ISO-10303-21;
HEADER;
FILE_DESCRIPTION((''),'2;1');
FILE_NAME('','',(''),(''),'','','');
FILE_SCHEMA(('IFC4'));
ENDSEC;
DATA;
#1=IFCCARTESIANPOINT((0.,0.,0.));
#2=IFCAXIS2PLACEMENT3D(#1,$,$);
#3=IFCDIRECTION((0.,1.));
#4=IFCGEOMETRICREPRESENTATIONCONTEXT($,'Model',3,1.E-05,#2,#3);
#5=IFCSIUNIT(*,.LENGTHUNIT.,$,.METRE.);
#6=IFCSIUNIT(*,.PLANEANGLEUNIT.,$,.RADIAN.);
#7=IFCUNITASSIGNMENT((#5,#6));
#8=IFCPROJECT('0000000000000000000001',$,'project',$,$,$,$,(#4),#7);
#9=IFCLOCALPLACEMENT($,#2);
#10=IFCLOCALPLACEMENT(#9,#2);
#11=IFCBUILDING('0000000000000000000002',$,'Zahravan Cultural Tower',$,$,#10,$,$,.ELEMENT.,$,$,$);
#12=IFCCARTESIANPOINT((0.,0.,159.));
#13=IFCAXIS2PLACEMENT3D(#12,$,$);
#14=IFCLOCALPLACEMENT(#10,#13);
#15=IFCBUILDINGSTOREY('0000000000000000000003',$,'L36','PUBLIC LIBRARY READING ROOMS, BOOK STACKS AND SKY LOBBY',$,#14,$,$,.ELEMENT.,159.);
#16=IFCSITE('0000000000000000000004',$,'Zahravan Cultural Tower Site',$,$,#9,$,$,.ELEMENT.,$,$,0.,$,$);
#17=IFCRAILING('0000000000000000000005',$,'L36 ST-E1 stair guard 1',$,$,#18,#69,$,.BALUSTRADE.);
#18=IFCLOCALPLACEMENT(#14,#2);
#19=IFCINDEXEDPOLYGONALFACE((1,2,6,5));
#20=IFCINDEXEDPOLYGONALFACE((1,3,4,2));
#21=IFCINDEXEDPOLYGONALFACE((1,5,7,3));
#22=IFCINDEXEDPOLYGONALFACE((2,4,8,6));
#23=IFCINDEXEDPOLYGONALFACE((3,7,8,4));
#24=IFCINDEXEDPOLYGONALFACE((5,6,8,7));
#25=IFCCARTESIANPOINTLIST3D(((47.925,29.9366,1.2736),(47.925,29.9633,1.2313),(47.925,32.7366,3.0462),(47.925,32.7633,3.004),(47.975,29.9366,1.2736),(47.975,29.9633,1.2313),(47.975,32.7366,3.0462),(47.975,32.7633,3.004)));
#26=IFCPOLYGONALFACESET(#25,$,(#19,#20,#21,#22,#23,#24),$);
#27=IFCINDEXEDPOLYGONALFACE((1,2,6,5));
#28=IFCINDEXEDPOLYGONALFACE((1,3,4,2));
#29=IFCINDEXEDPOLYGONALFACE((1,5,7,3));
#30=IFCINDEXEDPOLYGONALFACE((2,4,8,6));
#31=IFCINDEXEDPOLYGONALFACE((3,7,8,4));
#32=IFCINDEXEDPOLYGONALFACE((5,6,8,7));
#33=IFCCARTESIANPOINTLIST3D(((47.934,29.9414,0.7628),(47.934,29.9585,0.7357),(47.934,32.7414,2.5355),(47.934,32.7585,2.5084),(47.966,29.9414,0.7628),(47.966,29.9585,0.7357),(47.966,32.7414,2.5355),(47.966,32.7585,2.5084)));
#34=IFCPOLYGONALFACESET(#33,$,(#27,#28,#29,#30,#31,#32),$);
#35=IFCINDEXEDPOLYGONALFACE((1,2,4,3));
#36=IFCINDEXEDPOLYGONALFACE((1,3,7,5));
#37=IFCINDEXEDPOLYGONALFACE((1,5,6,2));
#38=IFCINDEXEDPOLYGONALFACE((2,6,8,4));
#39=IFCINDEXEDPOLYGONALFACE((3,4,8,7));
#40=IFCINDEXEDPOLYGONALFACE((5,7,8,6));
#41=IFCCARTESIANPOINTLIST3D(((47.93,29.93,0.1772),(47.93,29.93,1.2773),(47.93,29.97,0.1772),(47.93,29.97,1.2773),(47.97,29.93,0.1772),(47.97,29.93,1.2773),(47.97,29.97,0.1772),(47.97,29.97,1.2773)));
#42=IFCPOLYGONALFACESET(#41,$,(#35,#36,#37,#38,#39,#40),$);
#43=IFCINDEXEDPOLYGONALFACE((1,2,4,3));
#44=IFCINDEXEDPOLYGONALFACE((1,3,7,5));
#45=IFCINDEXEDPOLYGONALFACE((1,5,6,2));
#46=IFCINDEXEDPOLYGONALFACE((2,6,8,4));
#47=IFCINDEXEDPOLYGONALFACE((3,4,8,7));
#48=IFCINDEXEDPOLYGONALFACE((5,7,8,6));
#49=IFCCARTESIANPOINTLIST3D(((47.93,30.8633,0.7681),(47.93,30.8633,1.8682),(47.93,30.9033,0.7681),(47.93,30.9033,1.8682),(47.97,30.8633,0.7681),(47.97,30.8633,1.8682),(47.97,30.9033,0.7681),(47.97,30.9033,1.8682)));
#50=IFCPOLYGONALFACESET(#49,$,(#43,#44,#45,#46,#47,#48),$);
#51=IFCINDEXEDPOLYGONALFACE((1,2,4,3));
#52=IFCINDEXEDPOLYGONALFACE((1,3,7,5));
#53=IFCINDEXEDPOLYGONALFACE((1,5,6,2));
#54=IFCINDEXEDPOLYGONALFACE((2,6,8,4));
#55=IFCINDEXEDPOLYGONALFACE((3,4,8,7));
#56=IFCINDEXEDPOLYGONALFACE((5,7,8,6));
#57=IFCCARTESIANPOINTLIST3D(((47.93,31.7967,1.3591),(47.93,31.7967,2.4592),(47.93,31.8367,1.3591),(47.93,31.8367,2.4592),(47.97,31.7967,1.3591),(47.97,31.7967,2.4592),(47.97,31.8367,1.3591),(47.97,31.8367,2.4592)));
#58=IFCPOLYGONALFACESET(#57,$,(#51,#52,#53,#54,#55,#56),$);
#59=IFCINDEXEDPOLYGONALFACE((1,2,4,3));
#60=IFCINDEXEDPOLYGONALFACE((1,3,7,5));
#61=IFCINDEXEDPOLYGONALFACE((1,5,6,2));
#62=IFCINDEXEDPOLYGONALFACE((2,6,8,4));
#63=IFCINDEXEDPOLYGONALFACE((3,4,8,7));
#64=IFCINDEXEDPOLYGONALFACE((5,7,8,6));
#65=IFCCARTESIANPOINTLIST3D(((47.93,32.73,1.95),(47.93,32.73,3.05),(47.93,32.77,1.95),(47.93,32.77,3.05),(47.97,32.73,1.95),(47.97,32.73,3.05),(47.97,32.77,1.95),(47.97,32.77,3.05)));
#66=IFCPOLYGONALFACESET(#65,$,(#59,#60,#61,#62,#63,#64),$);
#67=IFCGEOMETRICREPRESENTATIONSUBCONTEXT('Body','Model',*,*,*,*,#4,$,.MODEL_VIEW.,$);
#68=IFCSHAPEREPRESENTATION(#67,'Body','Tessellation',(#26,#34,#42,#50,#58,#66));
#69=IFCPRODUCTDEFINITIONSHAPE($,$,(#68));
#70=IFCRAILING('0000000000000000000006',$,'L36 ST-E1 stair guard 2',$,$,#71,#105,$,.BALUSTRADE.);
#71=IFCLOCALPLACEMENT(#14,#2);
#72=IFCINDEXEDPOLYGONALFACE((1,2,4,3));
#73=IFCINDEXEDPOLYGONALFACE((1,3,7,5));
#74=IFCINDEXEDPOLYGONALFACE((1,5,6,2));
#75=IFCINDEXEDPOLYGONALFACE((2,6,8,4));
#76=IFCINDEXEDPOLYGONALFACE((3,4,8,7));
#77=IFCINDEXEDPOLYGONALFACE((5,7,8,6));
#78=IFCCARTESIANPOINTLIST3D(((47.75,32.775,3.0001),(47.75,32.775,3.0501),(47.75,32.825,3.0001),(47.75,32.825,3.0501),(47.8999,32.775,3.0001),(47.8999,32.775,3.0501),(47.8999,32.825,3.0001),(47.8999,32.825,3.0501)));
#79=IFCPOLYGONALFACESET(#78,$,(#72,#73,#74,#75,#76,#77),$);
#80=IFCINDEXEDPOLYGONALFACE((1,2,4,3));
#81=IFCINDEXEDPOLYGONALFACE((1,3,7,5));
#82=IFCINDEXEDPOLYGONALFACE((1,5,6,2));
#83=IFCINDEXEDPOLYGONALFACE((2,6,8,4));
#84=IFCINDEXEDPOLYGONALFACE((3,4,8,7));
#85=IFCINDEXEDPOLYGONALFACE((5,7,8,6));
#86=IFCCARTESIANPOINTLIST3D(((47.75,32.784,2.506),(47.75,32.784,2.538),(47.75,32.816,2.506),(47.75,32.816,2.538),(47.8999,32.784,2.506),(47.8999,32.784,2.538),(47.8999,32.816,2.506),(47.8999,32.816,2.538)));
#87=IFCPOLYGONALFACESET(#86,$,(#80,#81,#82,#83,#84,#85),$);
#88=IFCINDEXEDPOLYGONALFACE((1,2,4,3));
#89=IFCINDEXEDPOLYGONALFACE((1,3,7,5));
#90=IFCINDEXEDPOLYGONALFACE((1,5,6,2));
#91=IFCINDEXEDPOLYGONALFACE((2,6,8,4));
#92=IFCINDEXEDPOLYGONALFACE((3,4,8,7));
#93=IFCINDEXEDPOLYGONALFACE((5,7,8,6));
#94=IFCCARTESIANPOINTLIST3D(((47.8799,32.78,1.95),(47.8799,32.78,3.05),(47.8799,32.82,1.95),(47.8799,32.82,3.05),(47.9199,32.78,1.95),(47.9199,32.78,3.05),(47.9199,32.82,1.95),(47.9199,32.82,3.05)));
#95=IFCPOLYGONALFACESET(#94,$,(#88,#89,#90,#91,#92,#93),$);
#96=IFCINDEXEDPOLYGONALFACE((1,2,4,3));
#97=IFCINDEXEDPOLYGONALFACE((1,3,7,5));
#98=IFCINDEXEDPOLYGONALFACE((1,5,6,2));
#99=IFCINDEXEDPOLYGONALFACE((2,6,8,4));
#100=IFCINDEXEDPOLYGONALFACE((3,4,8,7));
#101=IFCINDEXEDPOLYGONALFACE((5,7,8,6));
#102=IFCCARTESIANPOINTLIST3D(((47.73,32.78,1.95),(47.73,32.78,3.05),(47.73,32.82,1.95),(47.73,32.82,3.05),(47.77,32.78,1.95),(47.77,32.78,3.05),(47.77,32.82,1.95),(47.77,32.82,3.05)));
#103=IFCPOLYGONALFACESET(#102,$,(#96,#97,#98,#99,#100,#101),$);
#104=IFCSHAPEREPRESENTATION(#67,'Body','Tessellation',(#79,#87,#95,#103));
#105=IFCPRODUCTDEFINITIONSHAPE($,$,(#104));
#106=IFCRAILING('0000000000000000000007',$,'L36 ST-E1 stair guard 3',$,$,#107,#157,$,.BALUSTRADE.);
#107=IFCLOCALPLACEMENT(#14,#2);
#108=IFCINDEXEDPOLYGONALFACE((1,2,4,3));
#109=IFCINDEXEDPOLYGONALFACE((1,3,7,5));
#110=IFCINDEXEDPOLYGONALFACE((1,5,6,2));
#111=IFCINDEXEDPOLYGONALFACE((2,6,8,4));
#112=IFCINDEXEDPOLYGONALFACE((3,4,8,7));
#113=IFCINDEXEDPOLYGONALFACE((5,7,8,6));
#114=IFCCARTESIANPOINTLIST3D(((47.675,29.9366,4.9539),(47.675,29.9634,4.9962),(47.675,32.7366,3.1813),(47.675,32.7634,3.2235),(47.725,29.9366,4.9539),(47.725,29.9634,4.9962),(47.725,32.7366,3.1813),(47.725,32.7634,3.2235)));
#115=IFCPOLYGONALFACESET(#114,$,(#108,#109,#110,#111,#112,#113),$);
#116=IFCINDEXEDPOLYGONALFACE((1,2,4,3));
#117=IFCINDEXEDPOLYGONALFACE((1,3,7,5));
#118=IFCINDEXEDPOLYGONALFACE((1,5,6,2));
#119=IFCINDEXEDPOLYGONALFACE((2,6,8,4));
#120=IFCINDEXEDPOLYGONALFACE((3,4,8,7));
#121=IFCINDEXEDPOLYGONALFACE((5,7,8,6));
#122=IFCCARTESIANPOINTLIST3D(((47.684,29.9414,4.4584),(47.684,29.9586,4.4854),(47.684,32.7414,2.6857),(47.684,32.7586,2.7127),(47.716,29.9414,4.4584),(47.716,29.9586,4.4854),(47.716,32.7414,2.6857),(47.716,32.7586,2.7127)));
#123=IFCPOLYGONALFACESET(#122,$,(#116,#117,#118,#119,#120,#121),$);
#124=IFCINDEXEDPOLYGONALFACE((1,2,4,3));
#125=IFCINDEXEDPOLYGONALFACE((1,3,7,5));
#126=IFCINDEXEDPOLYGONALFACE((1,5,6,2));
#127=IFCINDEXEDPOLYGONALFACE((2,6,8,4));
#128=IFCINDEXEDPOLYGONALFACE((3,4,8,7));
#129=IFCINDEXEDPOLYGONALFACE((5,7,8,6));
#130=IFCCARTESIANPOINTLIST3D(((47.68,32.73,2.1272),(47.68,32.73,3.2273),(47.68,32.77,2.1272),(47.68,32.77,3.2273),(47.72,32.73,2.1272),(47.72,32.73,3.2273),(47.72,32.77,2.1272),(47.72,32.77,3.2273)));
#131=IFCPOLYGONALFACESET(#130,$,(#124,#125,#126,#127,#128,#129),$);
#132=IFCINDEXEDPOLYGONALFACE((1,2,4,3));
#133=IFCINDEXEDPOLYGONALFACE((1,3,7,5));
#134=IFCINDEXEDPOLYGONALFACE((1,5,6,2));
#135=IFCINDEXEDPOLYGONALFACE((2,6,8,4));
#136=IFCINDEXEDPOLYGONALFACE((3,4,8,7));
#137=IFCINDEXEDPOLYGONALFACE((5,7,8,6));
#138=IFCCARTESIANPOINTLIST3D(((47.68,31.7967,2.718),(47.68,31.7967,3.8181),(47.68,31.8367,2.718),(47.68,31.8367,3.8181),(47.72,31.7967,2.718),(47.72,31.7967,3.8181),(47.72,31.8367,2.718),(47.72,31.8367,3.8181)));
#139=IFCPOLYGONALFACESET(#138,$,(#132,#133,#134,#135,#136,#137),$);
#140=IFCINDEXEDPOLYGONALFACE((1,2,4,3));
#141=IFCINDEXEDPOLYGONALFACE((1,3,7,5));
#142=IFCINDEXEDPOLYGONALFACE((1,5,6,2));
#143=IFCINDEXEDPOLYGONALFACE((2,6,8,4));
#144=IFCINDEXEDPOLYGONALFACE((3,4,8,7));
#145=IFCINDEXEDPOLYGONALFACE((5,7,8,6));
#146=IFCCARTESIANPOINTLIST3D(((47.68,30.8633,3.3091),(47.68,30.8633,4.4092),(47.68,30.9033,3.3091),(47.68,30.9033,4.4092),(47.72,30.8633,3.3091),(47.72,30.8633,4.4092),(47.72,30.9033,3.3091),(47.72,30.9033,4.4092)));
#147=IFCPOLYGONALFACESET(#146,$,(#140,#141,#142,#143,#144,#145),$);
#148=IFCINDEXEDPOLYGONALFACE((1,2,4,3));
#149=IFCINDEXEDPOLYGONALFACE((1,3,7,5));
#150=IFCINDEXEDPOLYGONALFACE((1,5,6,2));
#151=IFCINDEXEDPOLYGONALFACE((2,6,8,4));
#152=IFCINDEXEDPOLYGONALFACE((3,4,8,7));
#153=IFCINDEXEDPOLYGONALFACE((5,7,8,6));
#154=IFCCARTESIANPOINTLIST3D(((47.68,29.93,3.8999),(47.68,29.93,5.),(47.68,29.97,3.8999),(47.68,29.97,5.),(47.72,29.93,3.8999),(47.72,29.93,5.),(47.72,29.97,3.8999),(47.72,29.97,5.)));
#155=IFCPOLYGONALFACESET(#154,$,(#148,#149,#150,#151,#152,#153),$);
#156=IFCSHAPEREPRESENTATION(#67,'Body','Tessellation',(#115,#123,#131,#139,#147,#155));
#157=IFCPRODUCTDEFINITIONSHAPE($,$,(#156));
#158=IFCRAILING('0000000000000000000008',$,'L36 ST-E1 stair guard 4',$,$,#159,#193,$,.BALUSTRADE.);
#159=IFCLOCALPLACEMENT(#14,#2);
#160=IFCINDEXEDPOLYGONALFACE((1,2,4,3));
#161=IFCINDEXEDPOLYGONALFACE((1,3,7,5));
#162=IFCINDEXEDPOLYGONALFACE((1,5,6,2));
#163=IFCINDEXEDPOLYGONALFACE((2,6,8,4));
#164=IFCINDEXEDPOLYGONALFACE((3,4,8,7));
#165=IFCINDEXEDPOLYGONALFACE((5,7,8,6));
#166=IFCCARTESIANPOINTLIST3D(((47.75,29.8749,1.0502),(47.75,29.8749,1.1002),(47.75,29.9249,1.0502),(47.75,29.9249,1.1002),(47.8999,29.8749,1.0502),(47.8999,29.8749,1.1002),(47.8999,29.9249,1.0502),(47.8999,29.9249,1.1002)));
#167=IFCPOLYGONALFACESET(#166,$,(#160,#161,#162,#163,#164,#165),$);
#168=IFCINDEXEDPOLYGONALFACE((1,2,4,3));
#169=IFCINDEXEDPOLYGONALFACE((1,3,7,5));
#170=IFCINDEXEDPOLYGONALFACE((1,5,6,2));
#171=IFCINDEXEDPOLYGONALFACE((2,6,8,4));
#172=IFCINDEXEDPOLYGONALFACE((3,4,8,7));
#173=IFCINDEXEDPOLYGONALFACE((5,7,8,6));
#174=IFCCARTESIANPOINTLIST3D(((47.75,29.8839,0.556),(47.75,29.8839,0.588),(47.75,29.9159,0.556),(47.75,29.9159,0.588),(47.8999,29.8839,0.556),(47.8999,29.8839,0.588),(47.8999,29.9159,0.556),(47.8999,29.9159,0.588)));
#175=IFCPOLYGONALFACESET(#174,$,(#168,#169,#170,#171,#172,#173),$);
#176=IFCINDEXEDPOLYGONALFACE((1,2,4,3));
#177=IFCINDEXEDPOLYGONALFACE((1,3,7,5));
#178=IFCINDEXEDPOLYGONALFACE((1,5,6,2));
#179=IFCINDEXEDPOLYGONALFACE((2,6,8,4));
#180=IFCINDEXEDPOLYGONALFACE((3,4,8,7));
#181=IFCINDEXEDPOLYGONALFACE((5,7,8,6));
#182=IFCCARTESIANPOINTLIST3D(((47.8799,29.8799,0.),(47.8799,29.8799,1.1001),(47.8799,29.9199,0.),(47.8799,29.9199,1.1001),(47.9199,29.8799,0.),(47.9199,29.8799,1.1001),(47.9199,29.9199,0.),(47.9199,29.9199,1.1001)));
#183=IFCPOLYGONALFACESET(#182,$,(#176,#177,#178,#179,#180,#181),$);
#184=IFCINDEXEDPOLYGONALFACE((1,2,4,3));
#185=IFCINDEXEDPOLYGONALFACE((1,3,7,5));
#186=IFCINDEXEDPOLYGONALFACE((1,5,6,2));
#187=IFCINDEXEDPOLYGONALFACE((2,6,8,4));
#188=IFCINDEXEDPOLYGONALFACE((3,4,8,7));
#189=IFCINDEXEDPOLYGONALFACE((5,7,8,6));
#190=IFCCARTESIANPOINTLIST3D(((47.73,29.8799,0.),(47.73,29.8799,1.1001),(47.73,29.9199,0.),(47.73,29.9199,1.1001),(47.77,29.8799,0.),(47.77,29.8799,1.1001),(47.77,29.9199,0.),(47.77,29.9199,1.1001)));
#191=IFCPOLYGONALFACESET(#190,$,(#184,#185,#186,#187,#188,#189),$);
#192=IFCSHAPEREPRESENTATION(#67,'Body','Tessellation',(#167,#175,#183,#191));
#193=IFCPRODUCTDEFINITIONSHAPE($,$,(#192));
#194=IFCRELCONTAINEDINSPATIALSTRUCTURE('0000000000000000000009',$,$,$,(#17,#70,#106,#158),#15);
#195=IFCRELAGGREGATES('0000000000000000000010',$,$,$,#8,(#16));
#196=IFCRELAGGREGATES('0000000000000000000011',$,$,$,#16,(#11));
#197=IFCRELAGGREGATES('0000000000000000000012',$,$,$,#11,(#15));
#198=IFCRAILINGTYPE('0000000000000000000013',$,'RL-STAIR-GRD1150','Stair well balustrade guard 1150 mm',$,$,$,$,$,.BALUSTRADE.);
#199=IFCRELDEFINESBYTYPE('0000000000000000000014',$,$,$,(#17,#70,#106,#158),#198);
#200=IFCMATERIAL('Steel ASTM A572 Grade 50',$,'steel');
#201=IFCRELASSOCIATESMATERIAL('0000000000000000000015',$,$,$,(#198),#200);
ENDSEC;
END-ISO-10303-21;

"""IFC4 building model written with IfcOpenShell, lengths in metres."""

from ifc_helpers import new_model, si_unit, direction, frame, origin, origin_2d, place, context, subcontext, project, spatial, rectangle, extrude, material, type_object, element, save


model = new_model("IFC4")

# Units and contexts
model_context = context("Model", 3, precision=1e-05, world=origin(), true_north=direction((0.0, 1.0)))
body_context = subcontext(model_context, "Body", "Model", "MODEL_VIEW")
ifc_project = project(units=[si_unit("LENGTHUNIT", "METRE"), si_unit("PLANEANGLEUNIT", "RADIAN")], contexts=[model_context])

# Site, building, storey
site_placement = place(None, origin())
site = spatial("IfcSite", under=ifc_project, at=site_placement, Name="Zahravan Cultural Tower Site", CompositionType="ELEMENT", RefElevation=0.0)
building_placement = place(site_placement, origin())
building = spatial("IfcBuilding", under=site, at=building_placement, Name="Zahravan Cultural Tower", CompositionType="ELEMENT")
storey_placement = place(building_placement, frame((0.0, 0.0, 159.0)))
storey = spatial("IfcBuildingStorey", under=building, at=storey_placement, Name="L36", Description="PUBLIC LIBRARY READING ROOMS, BOOK STACKS AND SKY LOBBY", CompositionType="ELEMENT", Elevation=159.0)

# Shared definitions
ifc_material_1 = material(Name="Steel ASTM A572 Grade 50", Category="steel")

# Railings
railing_type_1 = type_object("IfcRailingType", Name="RL-STAIR-GRD1150", Description="Stair well balustrade guard 1150 mm", PredefinedType="BALUSTRADE", material=ifc_material_1)
railing_1_placement = place(storey_placement, frame((47.95, 29.95, 0.1772)))
element("IfcRailing", 1, at=railing_1_placement, inside=storey, type_object=railing_type_1, Name="L36 ST-E1 stair guard 1", PredefinedType="BALUSTRADE", context=body_context, shape_type="SweptSolid", body=[
    extrude(rectangle(XDim=0.05, YDim=0.05, at=origin_2d()), frame((0.0, 0.0, 1.0752), z_axis=(0.0, 0.844909, 0.53491), x_axis=(-1.0, 0.0, 0.0)), (0.0, 0.0, 1.0), 3.314),
    extrude(rectangle(XDim=0.032, YDim=0.032, at=origin_2d()), frame((0.0, 0.0, 0.572), z_axis=(0.0, 0.844909, 0.53491), x_axis=(-1.0, 0.0, 0.0)), (0.0, 0.0, 1.0), 3.314),
    extrude(rectangle(XDim=0.04, YDim=0.04, at=origin_2d()), origin(), (0.0, 0.0, 1.0), 1.1001),
    extrude(rectangle(XDim=0.04, YDim=0.04, at=origin_2d()), frame((0.0, 0.9333, 0.5908)), (0.0, 0.0, 1.0), 1.1001),
    extrude(rectangle(XDim=0.04, YDim=0.04, at=origin_2d()), frame((0.0, 1.8667, 1.1819)), (0.0, 0.0, 1.0), 1.1001),
    extrude(rectangle(XDim=0.04, YDim=0.04, at=origin_2d()), frame((0.0, 2.8, 1.7727)), (0.0, 0.0, 1.0), 1.1001),
])
railing_2_placement = place(storey_placement, frame((47.8999, 32.8, 1.95)))
element("IfcRailing", 2, at=railing_2_placement, inside=storey, type_object=railing_type_1, Name="L36 ST-E1 stair guard 2", PredefinedType="BALUSTRADE", context=body_context, shape_type="SweptSolid", body=[
    extrude(rectangle(XDim=0.05, YDim=0.05, at=origin_2d()), frame((0.0, 0.0, 1.0752), z_axis=(-1.0, 0.0, 0.0), x_axis=(0.0, -1.0, 0.0)), (0.0, 0.0, 1.0), 0.1499),
    extrude(rectangle(XDim=0.032, YDim=0.032, at=origin_2d()), frame((0.0, 0.0, 0.572), z_axis=(-1.0, 0.0, 0.0), x_axis=(0.0, -1.0, 0.0)), (0.0, 0.0, 1.0), 0.1499),
    extrude(rectangle(XDim=0.04, YDim=0.04, at=origin_2d()), origin(), (0.0, 0.0, 1.0), 1.1001),
    extrude(rectangle(XDim=0.04, YDim=0.04, at=origin_2d()), frame((-0.1499, 0.0, 0.0)), (0.0, 0.0, 1.0), 1.1001),
])
railing_3_placement = place(storey_placement, frame((47.7, 32.75, 2.1272)))
element("IfcRailing", 3, at=railing_3_placement, inside=storey, type_object=railing_type_1, Name="L36 ST-E1 stair guard 3", PredefinedType="BALUSTRADE", context=body_context, shape_type="SweptSolid", body=[
    extrude(rectangle(XDim=0.05, YDim=0.05, at=origin_2d()), frame((0.0, 0.0, 1.0752), z_axis=(0.0, -0.844909, 0.53491), x_axis=(1.0, 0.0, 0.0)), (0.0, 0.0, 1.0), 3.314),
    extrude(rectangle(XDim=0.032, YDim=0.032, at=origin_2d()), frame((0.0, 0.0, 0.572), z_axis=(0.0, -0.844909, 0.53491), x_axis=(1.0, 0.0, 0.0)), (0.0, 0.0, 1.0), 3.314),
    extrude(rectangle(XDim=0.04, YDim=0.04, at=origin_2d()), origin(), (0.0, 0.0, 1.0), 1.1001),
    extrude(rectangle(XDim=0.04, YDim=0.04, at=origin_2d()), frame((0.0, -0.9333, 0.5908)), (0.0, 0.0, 1.0), 1.1001),
    extrude(rectangle(XDim=0.04, YDim=0.04, at=origin_2d()), frame((0.0, -1.8667, 1.1819)), (0.0, 0.0, 1.0), 1.1001),
    extrude(rectangle(XDim=0.04, YDim=0.04, at=origin_2d()), frame((0.0, -2.8, 1.7727)), (0.0, 0.0, 1.0), 1.1001),
])
railing_4_placement = place(storey_placement, frame((47.8999, 29.8999, 0.0)))
element("IfcRailing", 4, at=railing_4_placement, inside=storey, type_object=railing_type_1, Name="L36 ST-E1 stair guard 4", PredefinedType="BALUSTRADE", context=body_context, shape_type="SweptSolid", body=[
    extrude(rectangle(XDim=0.05, YDim=0.05, at=origin_2d()), frame((0.0, 0.0, 1.0752), z_axis=(-1.0, 0.0, 0.0), x_axis=(0.0, -1.0, 0.0)), (0.0, 0.0, 1.0), 0.1499),
    extrude(rectangle(XDim=0.032, YDim=0.032, at=origin_2d()), frame((0.0, 0.0, 0.572), z_axis=(-1.0, 0.0, 0.0), x_axis=(0.0, -1.0, 0.0)), (0.0, 0.0, 1.0), 0.1499),
    extrude(rectangle(XDim=0.04, YDim=0.04, at=origin_2d()), origin(), (0.0, 0.0, 1.0), 1.1001),
    extrude(rectangle(XDim=0.04, YDim=0.04, at=origin_2d()), frame((-0.1499, 0.0, 0.0)), (0.0, 0.0, 1.0), 1.1001),
])

save(model, "model.ifc")
